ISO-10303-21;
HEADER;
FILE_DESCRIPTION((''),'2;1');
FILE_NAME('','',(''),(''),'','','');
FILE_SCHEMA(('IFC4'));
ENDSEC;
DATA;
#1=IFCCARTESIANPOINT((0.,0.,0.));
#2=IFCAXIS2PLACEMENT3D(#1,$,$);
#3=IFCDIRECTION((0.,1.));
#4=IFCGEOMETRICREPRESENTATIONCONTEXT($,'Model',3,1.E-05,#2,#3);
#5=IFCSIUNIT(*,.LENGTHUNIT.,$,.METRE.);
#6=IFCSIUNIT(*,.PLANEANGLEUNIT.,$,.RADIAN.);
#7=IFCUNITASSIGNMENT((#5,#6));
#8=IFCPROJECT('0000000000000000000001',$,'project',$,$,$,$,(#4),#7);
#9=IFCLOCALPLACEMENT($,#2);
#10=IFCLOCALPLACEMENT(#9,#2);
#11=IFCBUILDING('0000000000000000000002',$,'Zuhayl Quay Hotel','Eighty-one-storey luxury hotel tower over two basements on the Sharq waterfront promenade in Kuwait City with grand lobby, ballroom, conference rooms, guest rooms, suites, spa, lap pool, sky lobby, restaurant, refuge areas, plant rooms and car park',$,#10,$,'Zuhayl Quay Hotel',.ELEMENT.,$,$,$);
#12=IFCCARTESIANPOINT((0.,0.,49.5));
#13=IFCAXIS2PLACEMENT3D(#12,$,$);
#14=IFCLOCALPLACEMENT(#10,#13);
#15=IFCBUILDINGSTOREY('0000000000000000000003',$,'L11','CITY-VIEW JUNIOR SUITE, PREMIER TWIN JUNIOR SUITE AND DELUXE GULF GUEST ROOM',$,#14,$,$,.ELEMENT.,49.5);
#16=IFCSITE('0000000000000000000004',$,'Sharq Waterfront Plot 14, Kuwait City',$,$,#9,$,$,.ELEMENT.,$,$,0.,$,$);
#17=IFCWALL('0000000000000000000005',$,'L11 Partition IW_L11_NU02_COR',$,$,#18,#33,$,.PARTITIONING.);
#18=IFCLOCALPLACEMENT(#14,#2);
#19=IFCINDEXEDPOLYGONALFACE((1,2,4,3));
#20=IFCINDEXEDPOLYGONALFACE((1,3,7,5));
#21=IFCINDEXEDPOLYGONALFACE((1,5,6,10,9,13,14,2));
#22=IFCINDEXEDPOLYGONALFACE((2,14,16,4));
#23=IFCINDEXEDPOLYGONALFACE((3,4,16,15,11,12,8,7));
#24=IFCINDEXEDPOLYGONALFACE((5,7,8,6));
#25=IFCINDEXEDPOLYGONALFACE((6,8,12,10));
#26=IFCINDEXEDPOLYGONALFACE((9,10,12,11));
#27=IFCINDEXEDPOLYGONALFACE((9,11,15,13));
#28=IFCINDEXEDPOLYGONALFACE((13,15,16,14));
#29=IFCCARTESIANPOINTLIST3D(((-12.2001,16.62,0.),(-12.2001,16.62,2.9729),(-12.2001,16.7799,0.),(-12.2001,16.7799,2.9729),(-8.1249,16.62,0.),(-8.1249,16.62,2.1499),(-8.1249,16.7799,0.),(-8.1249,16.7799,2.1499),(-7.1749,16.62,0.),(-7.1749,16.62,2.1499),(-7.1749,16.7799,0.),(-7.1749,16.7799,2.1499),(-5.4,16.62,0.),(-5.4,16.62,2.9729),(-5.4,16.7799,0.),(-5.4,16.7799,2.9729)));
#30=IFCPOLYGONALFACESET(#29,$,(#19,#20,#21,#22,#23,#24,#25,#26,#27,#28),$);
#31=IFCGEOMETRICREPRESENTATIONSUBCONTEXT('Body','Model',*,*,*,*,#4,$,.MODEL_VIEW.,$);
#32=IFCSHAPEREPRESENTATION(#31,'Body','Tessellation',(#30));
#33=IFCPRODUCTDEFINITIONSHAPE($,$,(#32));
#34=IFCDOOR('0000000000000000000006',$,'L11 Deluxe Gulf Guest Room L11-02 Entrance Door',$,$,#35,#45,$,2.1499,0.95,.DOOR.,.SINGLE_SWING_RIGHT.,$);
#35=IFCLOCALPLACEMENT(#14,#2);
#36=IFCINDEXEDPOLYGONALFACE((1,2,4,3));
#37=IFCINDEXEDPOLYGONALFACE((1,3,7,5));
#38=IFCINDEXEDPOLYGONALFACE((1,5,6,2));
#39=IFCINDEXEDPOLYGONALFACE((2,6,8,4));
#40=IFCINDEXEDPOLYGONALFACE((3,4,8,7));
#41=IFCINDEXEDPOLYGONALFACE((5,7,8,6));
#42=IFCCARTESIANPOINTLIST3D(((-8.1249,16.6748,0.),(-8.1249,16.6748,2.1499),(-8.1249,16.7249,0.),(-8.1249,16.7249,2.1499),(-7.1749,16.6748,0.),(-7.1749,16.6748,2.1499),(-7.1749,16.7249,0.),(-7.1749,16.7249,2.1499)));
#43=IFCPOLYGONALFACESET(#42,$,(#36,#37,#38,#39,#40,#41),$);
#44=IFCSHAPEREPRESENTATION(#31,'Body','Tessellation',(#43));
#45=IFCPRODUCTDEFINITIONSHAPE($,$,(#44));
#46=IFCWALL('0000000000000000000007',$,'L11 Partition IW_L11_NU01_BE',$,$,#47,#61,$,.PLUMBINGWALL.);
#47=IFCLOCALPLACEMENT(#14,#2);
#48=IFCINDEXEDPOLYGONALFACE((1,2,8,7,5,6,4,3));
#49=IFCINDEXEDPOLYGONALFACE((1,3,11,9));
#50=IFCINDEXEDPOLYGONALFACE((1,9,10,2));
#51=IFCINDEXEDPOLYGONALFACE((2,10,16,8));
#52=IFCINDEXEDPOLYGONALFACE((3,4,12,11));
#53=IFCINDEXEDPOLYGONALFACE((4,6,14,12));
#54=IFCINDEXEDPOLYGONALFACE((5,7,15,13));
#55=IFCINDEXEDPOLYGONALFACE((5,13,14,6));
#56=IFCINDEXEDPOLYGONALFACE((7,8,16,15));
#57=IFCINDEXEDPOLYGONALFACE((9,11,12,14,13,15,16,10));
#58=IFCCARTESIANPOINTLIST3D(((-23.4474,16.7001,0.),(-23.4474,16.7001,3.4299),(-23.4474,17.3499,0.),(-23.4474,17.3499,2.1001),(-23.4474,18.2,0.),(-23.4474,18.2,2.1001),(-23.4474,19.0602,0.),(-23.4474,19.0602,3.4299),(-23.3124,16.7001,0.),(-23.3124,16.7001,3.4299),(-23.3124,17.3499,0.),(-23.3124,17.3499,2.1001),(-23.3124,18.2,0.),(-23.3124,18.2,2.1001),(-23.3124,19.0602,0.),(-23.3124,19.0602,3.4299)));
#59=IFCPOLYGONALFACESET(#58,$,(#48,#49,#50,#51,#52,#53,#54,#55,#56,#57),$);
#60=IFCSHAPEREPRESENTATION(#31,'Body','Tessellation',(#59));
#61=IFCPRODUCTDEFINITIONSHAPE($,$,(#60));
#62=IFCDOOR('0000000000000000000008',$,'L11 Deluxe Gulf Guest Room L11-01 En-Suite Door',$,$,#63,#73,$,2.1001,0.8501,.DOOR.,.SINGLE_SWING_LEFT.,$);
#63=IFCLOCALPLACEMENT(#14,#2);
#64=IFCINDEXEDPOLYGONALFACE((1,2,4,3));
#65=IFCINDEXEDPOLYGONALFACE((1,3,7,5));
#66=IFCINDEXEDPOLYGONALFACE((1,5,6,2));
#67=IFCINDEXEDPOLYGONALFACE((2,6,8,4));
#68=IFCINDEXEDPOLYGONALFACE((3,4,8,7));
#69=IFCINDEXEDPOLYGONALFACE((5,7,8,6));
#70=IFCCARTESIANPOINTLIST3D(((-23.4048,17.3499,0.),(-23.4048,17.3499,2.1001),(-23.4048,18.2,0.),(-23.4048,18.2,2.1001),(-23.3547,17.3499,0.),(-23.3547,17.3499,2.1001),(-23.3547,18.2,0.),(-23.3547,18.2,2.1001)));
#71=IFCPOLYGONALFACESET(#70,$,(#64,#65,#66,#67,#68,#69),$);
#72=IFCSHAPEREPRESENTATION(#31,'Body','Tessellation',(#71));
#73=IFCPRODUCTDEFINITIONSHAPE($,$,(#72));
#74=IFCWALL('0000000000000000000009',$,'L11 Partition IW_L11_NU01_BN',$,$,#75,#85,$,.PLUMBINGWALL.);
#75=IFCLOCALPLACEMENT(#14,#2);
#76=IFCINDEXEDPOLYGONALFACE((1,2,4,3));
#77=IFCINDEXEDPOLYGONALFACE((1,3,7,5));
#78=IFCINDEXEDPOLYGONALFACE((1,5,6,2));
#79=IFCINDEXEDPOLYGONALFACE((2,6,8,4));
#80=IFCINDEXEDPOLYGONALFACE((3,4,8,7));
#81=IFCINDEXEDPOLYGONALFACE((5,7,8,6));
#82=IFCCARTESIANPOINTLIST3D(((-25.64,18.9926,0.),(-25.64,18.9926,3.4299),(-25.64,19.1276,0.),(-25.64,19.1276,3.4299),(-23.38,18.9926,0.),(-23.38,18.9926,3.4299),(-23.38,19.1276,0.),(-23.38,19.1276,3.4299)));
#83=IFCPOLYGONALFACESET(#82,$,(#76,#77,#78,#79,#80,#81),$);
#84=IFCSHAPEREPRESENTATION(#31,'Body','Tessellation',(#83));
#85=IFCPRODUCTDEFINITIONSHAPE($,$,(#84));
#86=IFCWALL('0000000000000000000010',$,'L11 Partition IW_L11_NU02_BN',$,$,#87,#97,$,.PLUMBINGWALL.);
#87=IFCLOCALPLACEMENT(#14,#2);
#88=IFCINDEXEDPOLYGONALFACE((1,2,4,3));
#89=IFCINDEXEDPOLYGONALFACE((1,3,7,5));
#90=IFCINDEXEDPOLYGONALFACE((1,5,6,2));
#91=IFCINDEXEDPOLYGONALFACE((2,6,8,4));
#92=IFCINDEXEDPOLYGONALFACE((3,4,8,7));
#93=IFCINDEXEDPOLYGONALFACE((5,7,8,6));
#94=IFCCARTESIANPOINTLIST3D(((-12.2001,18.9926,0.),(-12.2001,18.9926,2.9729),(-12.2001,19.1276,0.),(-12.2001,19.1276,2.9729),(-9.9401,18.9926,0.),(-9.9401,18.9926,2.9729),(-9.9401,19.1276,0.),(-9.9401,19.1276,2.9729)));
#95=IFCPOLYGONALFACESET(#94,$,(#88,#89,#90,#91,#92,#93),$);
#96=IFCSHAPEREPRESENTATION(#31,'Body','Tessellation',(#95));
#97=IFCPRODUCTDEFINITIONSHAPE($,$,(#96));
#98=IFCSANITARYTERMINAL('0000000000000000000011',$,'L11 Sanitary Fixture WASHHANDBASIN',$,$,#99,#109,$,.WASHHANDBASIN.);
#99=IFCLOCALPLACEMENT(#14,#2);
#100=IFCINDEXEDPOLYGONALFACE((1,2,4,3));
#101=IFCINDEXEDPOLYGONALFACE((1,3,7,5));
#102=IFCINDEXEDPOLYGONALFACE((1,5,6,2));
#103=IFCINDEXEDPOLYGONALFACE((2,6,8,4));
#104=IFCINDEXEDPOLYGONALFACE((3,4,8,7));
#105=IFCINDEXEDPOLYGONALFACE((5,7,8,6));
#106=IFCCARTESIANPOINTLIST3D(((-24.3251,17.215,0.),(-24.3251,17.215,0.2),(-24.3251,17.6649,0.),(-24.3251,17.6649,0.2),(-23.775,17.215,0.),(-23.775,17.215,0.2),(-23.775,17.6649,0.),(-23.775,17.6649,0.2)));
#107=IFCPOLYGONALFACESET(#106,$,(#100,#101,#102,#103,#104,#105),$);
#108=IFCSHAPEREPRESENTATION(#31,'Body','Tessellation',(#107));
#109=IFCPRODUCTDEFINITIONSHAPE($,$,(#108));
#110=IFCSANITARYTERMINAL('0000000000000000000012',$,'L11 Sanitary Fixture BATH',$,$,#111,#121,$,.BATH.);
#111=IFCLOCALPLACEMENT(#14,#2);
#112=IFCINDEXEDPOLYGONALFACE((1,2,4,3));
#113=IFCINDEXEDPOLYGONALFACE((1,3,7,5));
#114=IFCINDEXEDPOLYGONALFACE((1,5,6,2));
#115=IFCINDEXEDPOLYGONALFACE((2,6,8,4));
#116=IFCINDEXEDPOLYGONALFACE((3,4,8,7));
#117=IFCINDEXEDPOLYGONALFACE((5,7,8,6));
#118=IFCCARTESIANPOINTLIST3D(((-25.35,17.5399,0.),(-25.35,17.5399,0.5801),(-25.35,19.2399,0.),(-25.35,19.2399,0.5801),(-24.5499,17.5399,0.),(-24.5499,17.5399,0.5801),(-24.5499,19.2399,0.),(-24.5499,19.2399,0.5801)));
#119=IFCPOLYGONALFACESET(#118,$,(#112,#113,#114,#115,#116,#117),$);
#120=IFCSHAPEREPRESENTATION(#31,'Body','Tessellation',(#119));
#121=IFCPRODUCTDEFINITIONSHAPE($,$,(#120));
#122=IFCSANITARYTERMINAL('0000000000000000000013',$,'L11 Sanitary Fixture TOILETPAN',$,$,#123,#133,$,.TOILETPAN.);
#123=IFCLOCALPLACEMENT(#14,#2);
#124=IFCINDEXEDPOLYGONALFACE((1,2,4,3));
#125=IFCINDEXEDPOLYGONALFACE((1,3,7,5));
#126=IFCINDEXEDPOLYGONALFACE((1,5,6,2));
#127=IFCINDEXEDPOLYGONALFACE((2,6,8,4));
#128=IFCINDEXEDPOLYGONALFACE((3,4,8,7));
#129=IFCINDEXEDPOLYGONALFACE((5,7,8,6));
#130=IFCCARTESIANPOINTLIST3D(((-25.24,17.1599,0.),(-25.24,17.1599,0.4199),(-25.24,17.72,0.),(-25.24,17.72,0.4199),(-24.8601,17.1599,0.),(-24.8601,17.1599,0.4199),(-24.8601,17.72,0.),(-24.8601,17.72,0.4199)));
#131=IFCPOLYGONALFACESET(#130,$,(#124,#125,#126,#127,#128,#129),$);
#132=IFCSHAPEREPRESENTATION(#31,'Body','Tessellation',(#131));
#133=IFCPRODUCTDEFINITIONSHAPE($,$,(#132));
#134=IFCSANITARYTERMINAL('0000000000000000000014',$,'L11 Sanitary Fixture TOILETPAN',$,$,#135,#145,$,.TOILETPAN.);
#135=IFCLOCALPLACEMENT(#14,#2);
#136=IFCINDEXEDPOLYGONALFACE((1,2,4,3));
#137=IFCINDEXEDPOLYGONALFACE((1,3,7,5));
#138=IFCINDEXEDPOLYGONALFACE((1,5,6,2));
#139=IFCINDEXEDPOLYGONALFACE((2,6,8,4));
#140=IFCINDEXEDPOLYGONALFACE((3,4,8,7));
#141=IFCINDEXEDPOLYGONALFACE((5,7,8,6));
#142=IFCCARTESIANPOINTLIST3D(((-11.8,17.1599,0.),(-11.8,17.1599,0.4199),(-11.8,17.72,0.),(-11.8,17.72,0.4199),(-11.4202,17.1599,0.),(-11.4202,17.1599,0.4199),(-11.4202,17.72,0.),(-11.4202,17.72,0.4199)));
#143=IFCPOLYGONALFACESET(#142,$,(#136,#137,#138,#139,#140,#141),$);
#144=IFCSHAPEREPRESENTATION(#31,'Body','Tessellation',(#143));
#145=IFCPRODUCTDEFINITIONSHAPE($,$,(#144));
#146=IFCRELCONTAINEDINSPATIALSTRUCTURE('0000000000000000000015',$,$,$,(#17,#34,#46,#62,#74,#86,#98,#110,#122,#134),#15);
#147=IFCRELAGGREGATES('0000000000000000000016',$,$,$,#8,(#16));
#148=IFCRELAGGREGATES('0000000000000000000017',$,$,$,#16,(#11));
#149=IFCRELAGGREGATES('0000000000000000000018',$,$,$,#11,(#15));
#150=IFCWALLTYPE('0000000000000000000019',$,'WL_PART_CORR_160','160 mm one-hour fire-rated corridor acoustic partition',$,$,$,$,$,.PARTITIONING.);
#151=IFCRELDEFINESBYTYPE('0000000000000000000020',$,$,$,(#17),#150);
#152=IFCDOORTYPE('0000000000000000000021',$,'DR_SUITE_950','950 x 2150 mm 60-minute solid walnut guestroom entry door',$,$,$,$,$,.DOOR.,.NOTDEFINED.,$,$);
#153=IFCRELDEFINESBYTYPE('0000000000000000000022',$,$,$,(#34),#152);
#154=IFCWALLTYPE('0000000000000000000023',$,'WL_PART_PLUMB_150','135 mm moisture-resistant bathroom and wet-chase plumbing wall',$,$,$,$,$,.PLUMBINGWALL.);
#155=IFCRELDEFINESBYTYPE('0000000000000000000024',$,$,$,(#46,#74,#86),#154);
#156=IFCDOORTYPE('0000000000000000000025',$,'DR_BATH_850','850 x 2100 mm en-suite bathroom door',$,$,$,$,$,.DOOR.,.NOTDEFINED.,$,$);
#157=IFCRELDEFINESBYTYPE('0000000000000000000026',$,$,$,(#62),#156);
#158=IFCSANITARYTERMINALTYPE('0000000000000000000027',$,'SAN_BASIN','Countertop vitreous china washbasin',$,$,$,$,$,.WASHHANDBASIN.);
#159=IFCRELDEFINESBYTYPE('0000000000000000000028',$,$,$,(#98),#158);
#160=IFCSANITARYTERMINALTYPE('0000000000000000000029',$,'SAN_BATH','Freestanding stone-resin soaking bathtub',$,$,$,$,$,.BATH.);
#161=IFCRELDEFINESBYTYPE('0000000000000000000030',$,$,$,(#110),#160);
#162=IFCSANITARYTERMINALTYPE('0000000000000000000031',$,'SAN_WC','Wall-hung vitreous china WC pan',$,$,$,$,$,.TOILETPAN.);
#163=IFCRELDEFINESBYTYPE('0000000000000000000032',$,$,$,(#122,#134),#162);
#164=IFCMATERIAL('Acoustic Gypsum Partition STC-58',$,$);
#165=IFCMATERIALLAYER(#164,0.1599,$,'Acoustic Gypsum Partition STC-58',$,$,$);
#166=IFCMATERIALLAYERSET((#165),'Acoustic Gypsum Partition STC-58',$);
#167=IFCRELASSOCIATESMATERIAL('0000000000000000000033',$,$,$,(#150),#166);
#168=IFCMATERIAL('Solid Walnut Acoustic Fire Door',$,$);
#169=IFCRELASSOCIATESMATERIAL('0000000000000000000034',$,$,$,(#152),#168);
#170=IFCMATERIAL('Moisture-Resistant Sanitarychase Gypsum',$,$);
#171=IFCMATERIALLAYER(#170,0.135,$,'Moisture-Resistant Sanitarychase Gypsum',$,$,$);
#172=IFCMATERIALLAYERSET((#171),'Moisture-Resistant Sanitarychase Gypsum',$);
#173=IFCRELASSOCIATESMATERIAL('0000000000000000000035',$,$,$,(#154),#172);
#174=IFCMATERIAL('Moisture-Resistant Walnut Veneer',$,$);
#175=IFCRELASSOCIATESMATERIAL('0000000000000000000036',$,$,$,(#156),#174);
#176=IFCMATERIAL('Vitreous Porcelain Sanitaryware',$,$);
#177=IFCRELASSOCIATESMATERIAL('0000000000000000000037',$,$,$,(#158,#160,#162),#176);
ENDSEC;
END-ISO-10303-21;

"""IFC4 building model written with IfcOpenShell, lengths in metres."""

from ifc_helpers import new_model, si_unit, direction, frame, frame_2d, origin, origin_2d, place, context, subcontext, project, spatial, rectangle, extrude, material, layer, layer_set, type_object, element, fill, save


model = new_model("IFC4")

# Units and contexts
model_context = context("Model", 3, precision=1e-05, world=origin(), true_north=direction((0.0, 1.0)))
body_context = subcontext(model_context, "Body", "Model", "MODEL_VIEW")
ifc_project = project(units=[si_unit("LENGTHUNIT", "METRE"), si_unit("PLANEANGLEUNIT", "RADIAN")], contexts=[model_context])

# Site, building, storey
site_placement = place(None, origin())
site = spatial("IfcSite", under=ifc_project, at=site_placement, Name="Sharq Waterfront Plot 14, Kuwait City", CompositionType="ELEMENT", RefElevation=0.0)
building_placement = place(site_placement, origin())
building = spatial("IfcBuilding", under=site, at=building_placement, Name="Zuhayl Quay Hotel", Description="Eighty-one-storey luxury hotel tower over two basements on the Sharq waterfront promenade in Kuwait City with grand lobby, ballroom, conference rooms, guest rooms, suites, spa, lap pool, sky lobby, restaurant, refuge areas, plant rooms and car park", LongName="Zuhayl Quay Hotel", CompositionType="ELEMENT")
storey_placement = place(building_placement, frame((0.0, 0.0, 49.5)))
storey = spatial("IfcBuildingStorey", under=building, at=storey_placement, Name="L11", Description="CITY-VIEW JUNIOR SUITE, PREMIER TWIN JUNIOR SUITE AND DELUXE GULF GUEST ROOM", CompositionType="ELEMENT", Elevation=49.5)

# Shared definitions
ifc_material_1 = material(Name="Acoustic Gypsum Partition STC-58")

# Walls, openings, doors
ifc_layer_1 = layer(ifc_material_1, 0.1599, Name="Acoustic Gypsum Partition STC-58")
ifc_layer_set_1 = layer_set([ifc_layer_1], Name="Acoustic Gypsum Partition STC-58")
wall_type_1 = type_object("IfcWallType", Name="WL_PART_CORR_160", Description="160 mm one-hour fire-rated corridor acoustic partition", PredefinedType="PARTITIONING", material=ifc_layer_set_1)
ifc_material_2 = material(Name="Solid Walnut Acoustic Fire Door")
wall_1_placement = place(storey_placement, frame((-12.2, 16.7, 0.0), z_axis=(0.0, 0.0, 1.0), x_axis=(1.0, 0.0, 0.0)))
wall_1 = element("IfcWall", 1, at=wall_1_placement, inside=storey, type_object=wall_type_1, Name="L11 Partition IW_L11_NU02_COR", PredefinedType="PARTITIONING", context=body_context, shape_type="SweptSolid", body=[
    extrude(rectangle(XDim=6.8, YDim=0.1599, at=frame_2d((3.3999, 0.0))), origin(), (0.0, 0.0, 1.0), 2.9729),
])
opening_1_placement = place(wall_1_placement, frame((4.075, 0.0, 0.0)))
opening_1 = element("IfcOpeningElement", 2, at=opening_1_placement, cuts=wall_1, PredefinedType="OPENING", context=body_context, shape_type="SweptSolid", body=[
    extrude(rectangle(XDim=0.95, YDim=2.1499, at=frame_2d((0.4751, 1.075))), frame((0.0, 0.0898, 0.0), z_axis=(0.0, -1.0, 0.0), x_axis=(1.0, 0.0, 0.0)), (0.0, 0.0, 1.0), 0.1799),
])
door_type_1 = type_object("IfcDoorType", Name="DR_SUITE_950", Description="950 x 2150 mm 60-minute solid walnut guestroom entry door", OperationType="NOTDEFINED", PredefinedType="DOOR", material=ifc_material_2)
door_1_placement = place(opening_1_placement, origin())
door_1 = element("IfcDoor", 3, at=door_1_placement, inside=storey, type_object=door_type_1, Name="L11 Deluxe Gulf Guest Room L11-02 Entrance Door", OperationType="SINGLE_SWING_RIGHT", OverallHeight=2.1499, OverallWidth=0.95, PredefinedType="DOOR", context=body_context, shape_type="SweptSolid", body=[
    extrude(rectangle(XDim=0.95, YDim=2.1499, at=frame_2d((0.4751, 1.075))), frame((0.0, 0.0249, 0.0), z_axis=(0.0, -1.0, 0.0), x_axis=(1.0, 0.0, 0.0)), (0.0, 0.0, 1.0), 0.05),
])
fill(opening_1, door_1)
ifc_material_3 = material(Name="Moisture-Resistant Sanitarychase Gypsum")
ifc_layer_2 = layer(ifc_material_3, 0.135, Name="Moisture-Resistant Sanitarychase Gypsum")
ifc_layer_set_2 = layer_set([ifc_layer_2], Name="Moisture-Resistant Sanitarychase Gypsum")
wall_type_2 = type_object("IfcWallType", Name="WL_PART_PLUMB_150", Description="135 mm moisture-resistant bathroom and wet-chase plumbing wall", PredefinedType="PLUMBINGWALL", material=ifc_layer_set_2)
wall_2_placement = place(storey_placement, frame((-23.3799, 16.7, 0.0), z_axis=(0.0, 0.0, 1.0), x_axis=(0.0, 1.0, 0.0)))
wall_2 = element("IfcWall", 4, at=wall_2_placement, inside=storey, type_object=wall_type_2, Name="L11 Partition IW_L11_NU01_BE", PredefinedType="PLUMBINGWALL", context=body_context, shape_type="SweptSolid", body=[
    extrude(rectangle(XDim=2.3601, YDim=0.135, at=frame_2d((1.1802, 0.0))), origin(), (0.0, 0.0, 1.0), 3.4299),
])
opening_2_placement = place(wall_2_placement, frame((0.6499, 0.0, 0.0)))
opening_2 = element("IfcOpeningElement", 5, at=opening_2_placement, cuts=wall_2, PredefinedType="OPENING", context=body_context, shape_type="SweptSolid", body=[
    extrude(rectangle(XDim=0.8501, YDim=2.1001, at=frame_2d((0.425, 1.05))), frame((0.0, 0.0774, 0.0), z_axis=(0.0, -1.0, 0.0), x_axis=(1.0, 0.0, 0.0)), (0.0, 0.0, 1.0), 0.155),
])
ifc_material_4 = material(Name="Moisture-Resistant Walnut Veneer")
door_type_2 = type_object("IfcDoorType", Name="DR_BATH_850", Description="850 x 2100 mm en-suite bathroom door", OperationType="NOTDEFINED", PredefinedType="DOOR", material=ifc_material_4)
door_2_placement = place(opening_2_placement, origin())
door_2 = element("IfcDoor", 6, at=door_2_placement, inside=storey, type_object=door_type_2, Name="L11 Deluxe Gulf Guest Room L11-01 En-Suite Door", OperationType="SINGLE_SWING_LEFT", OverallHeight=2.1001, OverallWidth=0.8501, PredefinedType="DOOR", context=body_context, shape_type="SweptSolid", body=[
    extrude(rectangle(XDim=0.8501, YDim=2.1001, at=frame_2d((0.425, 1.05))), frame((0.0, 0.0249, 0.0), z_axis=(0.0, -1.0, 0.0), x_axis=(1.0, 0.0, 0.0)), (0.0, 0.0, 1.0), 0.05),
])
fill(opening_2, door_2)

# Walls
wall_3_placement = place(storey_placement, frame((-25.6399, 19.0601, 0.0), z_axis=(0.0, 0.0, 1.0), x_axis=(1.0, 0.0, 0.0)))
element("IfcWall", 7, at=wall_3_placement, inside=storey, type_object=wall_type_2, Name="L11 Partition IW_L11_NU01_BN", PredefinedType="PLUMBINGWALL", context=body_context, shape_type="SweptSolid", body=[
    extrude(rectangle(XDim=2.26, YDim=0.135, at=frame_2d((1.1299, 0.0))), origin(), (0.0, 0.0, 1.0), 3.4299),
])
wall_4_placement = place(storey_placement, frame((-12.2, 19.0601, 0.0), z_axis=(0.0, 0.0, 1.0), x_axis=(1.0, 0.0, 0.0)))
element("IfcWall", 8, at=wall_4_placement, inside=storey, type_object=wall_type_2, Name="L11 Partition IW_L11_NU02_BN", PredefinedType="PLUMBINGWALL", context=body_context, shape_type="SweptSolid", body=[
    extrude(rectangle(XDim=2.26, YDim=0.135, at=frame_2d((1.1299, 0.0))), origin(), (0.0, 0.0, 1.0), 2.9729),
])

# Sanitary terminals
ifc_material_5 = material(Name="Vitreous Porcelain Sanitaryware")
sanitary_terminal_type_1 = type_object("IfcSanitaryTerminalType", Name="SAN_BASIN", Description="Countertop vitreous china washbasin", PredefinedType="WASHHANDBASIN", material=ifc_material_5)
sanitary_terminal_1_placement = place(storey_placement, frame((-24.05, 17.4399, 0.0), z_axis=(0.0, 0.0, 1.0), x_axis=(1.0, 0.0, 0.0)))
element("IfcSanitaryTerminal", 9, at=sanitary_terminal_1_placement, inside=storey, type_object=sanitary_terminal_type_1, Name="L11 Sanitary Fixture WASHHANDBASIN", PredefinedType="WASHHANDBASIN", context=body_context, shape_type="SweptSolid", body=[
    extrude(rectangle(XDim=0.55, YDim=0.45, at=origin_2d()), origin(), (0.0, 0.0, 1.0), 0.2),
])
sanitary_terminal_type_2 = type_object("IfcSanitaryTerminalType", Name="SAN_BATH", Description="Freestanding stone-resin soaking bathtub", PredefinedType="BATH", material=ifc_material_5)
sanitary_terminal_2_placement = place(storey_placement, frame((-24.95, 18.3899, 0.0), z_axis=(0.0, 0.0, 1.0), x_axis=(1.0, 0.0, 0.0)))
element("IfcSanitaryTerminal", 10, at=sanitary_terminal_2_placement, inside=storey, type_object=sanitary_terminal_type_2, Name="L11 Sanitary Fixture BATH", PredefinedType="BATH", context=body_context, shape_type="SweptSolid", body=[
    extrude(rectangle(XDim=0.8, YDim=1.7, at=origin_2d()), origin(), (0.0, 0.0, 1.0), 0.5801),
])
sanitary_terminal_type_3 = type_object("IfcSanitaryTerminalType", Name="SAN_WC", Description="Wall-hung vitreous china WC pan", PredefinedType="TOILETPAN", material=ifc_material_5)
for number, where, z_axis, x_axis, name in (
    (11, (-25.05, 17.4399, 0.0), (0.0, 0.0, 1.0), (1.0, 0.0, 0.0), "L11 Sanitary Fixture TOILETPAN"),
    (12, (-11.6101, 17.4399, 0.0), (0.0, 0.0, 1.0), (1.0, 0.0, 0.0), "L11 Sanitary Fixture TOILETPAN"),
):
    element("IfcSanitaryTerminal", number, at=place(storey_placement, frame(where, z_axis=z_axis, x_axis=x_axis)), inside=storey, type_object=sanitary_terminal_type_3, Name=name, PredefinedType="TOILETPAN", context=body_context, shape_type="SweptSolid", body=[
        extrude(rectangle(XDim=0.3799, YDim=0.5601, at=origin_2d()), origin(), (0.0, 0.0, 1.0), 0.4199),
    ])

save(model, "model.ifc")
